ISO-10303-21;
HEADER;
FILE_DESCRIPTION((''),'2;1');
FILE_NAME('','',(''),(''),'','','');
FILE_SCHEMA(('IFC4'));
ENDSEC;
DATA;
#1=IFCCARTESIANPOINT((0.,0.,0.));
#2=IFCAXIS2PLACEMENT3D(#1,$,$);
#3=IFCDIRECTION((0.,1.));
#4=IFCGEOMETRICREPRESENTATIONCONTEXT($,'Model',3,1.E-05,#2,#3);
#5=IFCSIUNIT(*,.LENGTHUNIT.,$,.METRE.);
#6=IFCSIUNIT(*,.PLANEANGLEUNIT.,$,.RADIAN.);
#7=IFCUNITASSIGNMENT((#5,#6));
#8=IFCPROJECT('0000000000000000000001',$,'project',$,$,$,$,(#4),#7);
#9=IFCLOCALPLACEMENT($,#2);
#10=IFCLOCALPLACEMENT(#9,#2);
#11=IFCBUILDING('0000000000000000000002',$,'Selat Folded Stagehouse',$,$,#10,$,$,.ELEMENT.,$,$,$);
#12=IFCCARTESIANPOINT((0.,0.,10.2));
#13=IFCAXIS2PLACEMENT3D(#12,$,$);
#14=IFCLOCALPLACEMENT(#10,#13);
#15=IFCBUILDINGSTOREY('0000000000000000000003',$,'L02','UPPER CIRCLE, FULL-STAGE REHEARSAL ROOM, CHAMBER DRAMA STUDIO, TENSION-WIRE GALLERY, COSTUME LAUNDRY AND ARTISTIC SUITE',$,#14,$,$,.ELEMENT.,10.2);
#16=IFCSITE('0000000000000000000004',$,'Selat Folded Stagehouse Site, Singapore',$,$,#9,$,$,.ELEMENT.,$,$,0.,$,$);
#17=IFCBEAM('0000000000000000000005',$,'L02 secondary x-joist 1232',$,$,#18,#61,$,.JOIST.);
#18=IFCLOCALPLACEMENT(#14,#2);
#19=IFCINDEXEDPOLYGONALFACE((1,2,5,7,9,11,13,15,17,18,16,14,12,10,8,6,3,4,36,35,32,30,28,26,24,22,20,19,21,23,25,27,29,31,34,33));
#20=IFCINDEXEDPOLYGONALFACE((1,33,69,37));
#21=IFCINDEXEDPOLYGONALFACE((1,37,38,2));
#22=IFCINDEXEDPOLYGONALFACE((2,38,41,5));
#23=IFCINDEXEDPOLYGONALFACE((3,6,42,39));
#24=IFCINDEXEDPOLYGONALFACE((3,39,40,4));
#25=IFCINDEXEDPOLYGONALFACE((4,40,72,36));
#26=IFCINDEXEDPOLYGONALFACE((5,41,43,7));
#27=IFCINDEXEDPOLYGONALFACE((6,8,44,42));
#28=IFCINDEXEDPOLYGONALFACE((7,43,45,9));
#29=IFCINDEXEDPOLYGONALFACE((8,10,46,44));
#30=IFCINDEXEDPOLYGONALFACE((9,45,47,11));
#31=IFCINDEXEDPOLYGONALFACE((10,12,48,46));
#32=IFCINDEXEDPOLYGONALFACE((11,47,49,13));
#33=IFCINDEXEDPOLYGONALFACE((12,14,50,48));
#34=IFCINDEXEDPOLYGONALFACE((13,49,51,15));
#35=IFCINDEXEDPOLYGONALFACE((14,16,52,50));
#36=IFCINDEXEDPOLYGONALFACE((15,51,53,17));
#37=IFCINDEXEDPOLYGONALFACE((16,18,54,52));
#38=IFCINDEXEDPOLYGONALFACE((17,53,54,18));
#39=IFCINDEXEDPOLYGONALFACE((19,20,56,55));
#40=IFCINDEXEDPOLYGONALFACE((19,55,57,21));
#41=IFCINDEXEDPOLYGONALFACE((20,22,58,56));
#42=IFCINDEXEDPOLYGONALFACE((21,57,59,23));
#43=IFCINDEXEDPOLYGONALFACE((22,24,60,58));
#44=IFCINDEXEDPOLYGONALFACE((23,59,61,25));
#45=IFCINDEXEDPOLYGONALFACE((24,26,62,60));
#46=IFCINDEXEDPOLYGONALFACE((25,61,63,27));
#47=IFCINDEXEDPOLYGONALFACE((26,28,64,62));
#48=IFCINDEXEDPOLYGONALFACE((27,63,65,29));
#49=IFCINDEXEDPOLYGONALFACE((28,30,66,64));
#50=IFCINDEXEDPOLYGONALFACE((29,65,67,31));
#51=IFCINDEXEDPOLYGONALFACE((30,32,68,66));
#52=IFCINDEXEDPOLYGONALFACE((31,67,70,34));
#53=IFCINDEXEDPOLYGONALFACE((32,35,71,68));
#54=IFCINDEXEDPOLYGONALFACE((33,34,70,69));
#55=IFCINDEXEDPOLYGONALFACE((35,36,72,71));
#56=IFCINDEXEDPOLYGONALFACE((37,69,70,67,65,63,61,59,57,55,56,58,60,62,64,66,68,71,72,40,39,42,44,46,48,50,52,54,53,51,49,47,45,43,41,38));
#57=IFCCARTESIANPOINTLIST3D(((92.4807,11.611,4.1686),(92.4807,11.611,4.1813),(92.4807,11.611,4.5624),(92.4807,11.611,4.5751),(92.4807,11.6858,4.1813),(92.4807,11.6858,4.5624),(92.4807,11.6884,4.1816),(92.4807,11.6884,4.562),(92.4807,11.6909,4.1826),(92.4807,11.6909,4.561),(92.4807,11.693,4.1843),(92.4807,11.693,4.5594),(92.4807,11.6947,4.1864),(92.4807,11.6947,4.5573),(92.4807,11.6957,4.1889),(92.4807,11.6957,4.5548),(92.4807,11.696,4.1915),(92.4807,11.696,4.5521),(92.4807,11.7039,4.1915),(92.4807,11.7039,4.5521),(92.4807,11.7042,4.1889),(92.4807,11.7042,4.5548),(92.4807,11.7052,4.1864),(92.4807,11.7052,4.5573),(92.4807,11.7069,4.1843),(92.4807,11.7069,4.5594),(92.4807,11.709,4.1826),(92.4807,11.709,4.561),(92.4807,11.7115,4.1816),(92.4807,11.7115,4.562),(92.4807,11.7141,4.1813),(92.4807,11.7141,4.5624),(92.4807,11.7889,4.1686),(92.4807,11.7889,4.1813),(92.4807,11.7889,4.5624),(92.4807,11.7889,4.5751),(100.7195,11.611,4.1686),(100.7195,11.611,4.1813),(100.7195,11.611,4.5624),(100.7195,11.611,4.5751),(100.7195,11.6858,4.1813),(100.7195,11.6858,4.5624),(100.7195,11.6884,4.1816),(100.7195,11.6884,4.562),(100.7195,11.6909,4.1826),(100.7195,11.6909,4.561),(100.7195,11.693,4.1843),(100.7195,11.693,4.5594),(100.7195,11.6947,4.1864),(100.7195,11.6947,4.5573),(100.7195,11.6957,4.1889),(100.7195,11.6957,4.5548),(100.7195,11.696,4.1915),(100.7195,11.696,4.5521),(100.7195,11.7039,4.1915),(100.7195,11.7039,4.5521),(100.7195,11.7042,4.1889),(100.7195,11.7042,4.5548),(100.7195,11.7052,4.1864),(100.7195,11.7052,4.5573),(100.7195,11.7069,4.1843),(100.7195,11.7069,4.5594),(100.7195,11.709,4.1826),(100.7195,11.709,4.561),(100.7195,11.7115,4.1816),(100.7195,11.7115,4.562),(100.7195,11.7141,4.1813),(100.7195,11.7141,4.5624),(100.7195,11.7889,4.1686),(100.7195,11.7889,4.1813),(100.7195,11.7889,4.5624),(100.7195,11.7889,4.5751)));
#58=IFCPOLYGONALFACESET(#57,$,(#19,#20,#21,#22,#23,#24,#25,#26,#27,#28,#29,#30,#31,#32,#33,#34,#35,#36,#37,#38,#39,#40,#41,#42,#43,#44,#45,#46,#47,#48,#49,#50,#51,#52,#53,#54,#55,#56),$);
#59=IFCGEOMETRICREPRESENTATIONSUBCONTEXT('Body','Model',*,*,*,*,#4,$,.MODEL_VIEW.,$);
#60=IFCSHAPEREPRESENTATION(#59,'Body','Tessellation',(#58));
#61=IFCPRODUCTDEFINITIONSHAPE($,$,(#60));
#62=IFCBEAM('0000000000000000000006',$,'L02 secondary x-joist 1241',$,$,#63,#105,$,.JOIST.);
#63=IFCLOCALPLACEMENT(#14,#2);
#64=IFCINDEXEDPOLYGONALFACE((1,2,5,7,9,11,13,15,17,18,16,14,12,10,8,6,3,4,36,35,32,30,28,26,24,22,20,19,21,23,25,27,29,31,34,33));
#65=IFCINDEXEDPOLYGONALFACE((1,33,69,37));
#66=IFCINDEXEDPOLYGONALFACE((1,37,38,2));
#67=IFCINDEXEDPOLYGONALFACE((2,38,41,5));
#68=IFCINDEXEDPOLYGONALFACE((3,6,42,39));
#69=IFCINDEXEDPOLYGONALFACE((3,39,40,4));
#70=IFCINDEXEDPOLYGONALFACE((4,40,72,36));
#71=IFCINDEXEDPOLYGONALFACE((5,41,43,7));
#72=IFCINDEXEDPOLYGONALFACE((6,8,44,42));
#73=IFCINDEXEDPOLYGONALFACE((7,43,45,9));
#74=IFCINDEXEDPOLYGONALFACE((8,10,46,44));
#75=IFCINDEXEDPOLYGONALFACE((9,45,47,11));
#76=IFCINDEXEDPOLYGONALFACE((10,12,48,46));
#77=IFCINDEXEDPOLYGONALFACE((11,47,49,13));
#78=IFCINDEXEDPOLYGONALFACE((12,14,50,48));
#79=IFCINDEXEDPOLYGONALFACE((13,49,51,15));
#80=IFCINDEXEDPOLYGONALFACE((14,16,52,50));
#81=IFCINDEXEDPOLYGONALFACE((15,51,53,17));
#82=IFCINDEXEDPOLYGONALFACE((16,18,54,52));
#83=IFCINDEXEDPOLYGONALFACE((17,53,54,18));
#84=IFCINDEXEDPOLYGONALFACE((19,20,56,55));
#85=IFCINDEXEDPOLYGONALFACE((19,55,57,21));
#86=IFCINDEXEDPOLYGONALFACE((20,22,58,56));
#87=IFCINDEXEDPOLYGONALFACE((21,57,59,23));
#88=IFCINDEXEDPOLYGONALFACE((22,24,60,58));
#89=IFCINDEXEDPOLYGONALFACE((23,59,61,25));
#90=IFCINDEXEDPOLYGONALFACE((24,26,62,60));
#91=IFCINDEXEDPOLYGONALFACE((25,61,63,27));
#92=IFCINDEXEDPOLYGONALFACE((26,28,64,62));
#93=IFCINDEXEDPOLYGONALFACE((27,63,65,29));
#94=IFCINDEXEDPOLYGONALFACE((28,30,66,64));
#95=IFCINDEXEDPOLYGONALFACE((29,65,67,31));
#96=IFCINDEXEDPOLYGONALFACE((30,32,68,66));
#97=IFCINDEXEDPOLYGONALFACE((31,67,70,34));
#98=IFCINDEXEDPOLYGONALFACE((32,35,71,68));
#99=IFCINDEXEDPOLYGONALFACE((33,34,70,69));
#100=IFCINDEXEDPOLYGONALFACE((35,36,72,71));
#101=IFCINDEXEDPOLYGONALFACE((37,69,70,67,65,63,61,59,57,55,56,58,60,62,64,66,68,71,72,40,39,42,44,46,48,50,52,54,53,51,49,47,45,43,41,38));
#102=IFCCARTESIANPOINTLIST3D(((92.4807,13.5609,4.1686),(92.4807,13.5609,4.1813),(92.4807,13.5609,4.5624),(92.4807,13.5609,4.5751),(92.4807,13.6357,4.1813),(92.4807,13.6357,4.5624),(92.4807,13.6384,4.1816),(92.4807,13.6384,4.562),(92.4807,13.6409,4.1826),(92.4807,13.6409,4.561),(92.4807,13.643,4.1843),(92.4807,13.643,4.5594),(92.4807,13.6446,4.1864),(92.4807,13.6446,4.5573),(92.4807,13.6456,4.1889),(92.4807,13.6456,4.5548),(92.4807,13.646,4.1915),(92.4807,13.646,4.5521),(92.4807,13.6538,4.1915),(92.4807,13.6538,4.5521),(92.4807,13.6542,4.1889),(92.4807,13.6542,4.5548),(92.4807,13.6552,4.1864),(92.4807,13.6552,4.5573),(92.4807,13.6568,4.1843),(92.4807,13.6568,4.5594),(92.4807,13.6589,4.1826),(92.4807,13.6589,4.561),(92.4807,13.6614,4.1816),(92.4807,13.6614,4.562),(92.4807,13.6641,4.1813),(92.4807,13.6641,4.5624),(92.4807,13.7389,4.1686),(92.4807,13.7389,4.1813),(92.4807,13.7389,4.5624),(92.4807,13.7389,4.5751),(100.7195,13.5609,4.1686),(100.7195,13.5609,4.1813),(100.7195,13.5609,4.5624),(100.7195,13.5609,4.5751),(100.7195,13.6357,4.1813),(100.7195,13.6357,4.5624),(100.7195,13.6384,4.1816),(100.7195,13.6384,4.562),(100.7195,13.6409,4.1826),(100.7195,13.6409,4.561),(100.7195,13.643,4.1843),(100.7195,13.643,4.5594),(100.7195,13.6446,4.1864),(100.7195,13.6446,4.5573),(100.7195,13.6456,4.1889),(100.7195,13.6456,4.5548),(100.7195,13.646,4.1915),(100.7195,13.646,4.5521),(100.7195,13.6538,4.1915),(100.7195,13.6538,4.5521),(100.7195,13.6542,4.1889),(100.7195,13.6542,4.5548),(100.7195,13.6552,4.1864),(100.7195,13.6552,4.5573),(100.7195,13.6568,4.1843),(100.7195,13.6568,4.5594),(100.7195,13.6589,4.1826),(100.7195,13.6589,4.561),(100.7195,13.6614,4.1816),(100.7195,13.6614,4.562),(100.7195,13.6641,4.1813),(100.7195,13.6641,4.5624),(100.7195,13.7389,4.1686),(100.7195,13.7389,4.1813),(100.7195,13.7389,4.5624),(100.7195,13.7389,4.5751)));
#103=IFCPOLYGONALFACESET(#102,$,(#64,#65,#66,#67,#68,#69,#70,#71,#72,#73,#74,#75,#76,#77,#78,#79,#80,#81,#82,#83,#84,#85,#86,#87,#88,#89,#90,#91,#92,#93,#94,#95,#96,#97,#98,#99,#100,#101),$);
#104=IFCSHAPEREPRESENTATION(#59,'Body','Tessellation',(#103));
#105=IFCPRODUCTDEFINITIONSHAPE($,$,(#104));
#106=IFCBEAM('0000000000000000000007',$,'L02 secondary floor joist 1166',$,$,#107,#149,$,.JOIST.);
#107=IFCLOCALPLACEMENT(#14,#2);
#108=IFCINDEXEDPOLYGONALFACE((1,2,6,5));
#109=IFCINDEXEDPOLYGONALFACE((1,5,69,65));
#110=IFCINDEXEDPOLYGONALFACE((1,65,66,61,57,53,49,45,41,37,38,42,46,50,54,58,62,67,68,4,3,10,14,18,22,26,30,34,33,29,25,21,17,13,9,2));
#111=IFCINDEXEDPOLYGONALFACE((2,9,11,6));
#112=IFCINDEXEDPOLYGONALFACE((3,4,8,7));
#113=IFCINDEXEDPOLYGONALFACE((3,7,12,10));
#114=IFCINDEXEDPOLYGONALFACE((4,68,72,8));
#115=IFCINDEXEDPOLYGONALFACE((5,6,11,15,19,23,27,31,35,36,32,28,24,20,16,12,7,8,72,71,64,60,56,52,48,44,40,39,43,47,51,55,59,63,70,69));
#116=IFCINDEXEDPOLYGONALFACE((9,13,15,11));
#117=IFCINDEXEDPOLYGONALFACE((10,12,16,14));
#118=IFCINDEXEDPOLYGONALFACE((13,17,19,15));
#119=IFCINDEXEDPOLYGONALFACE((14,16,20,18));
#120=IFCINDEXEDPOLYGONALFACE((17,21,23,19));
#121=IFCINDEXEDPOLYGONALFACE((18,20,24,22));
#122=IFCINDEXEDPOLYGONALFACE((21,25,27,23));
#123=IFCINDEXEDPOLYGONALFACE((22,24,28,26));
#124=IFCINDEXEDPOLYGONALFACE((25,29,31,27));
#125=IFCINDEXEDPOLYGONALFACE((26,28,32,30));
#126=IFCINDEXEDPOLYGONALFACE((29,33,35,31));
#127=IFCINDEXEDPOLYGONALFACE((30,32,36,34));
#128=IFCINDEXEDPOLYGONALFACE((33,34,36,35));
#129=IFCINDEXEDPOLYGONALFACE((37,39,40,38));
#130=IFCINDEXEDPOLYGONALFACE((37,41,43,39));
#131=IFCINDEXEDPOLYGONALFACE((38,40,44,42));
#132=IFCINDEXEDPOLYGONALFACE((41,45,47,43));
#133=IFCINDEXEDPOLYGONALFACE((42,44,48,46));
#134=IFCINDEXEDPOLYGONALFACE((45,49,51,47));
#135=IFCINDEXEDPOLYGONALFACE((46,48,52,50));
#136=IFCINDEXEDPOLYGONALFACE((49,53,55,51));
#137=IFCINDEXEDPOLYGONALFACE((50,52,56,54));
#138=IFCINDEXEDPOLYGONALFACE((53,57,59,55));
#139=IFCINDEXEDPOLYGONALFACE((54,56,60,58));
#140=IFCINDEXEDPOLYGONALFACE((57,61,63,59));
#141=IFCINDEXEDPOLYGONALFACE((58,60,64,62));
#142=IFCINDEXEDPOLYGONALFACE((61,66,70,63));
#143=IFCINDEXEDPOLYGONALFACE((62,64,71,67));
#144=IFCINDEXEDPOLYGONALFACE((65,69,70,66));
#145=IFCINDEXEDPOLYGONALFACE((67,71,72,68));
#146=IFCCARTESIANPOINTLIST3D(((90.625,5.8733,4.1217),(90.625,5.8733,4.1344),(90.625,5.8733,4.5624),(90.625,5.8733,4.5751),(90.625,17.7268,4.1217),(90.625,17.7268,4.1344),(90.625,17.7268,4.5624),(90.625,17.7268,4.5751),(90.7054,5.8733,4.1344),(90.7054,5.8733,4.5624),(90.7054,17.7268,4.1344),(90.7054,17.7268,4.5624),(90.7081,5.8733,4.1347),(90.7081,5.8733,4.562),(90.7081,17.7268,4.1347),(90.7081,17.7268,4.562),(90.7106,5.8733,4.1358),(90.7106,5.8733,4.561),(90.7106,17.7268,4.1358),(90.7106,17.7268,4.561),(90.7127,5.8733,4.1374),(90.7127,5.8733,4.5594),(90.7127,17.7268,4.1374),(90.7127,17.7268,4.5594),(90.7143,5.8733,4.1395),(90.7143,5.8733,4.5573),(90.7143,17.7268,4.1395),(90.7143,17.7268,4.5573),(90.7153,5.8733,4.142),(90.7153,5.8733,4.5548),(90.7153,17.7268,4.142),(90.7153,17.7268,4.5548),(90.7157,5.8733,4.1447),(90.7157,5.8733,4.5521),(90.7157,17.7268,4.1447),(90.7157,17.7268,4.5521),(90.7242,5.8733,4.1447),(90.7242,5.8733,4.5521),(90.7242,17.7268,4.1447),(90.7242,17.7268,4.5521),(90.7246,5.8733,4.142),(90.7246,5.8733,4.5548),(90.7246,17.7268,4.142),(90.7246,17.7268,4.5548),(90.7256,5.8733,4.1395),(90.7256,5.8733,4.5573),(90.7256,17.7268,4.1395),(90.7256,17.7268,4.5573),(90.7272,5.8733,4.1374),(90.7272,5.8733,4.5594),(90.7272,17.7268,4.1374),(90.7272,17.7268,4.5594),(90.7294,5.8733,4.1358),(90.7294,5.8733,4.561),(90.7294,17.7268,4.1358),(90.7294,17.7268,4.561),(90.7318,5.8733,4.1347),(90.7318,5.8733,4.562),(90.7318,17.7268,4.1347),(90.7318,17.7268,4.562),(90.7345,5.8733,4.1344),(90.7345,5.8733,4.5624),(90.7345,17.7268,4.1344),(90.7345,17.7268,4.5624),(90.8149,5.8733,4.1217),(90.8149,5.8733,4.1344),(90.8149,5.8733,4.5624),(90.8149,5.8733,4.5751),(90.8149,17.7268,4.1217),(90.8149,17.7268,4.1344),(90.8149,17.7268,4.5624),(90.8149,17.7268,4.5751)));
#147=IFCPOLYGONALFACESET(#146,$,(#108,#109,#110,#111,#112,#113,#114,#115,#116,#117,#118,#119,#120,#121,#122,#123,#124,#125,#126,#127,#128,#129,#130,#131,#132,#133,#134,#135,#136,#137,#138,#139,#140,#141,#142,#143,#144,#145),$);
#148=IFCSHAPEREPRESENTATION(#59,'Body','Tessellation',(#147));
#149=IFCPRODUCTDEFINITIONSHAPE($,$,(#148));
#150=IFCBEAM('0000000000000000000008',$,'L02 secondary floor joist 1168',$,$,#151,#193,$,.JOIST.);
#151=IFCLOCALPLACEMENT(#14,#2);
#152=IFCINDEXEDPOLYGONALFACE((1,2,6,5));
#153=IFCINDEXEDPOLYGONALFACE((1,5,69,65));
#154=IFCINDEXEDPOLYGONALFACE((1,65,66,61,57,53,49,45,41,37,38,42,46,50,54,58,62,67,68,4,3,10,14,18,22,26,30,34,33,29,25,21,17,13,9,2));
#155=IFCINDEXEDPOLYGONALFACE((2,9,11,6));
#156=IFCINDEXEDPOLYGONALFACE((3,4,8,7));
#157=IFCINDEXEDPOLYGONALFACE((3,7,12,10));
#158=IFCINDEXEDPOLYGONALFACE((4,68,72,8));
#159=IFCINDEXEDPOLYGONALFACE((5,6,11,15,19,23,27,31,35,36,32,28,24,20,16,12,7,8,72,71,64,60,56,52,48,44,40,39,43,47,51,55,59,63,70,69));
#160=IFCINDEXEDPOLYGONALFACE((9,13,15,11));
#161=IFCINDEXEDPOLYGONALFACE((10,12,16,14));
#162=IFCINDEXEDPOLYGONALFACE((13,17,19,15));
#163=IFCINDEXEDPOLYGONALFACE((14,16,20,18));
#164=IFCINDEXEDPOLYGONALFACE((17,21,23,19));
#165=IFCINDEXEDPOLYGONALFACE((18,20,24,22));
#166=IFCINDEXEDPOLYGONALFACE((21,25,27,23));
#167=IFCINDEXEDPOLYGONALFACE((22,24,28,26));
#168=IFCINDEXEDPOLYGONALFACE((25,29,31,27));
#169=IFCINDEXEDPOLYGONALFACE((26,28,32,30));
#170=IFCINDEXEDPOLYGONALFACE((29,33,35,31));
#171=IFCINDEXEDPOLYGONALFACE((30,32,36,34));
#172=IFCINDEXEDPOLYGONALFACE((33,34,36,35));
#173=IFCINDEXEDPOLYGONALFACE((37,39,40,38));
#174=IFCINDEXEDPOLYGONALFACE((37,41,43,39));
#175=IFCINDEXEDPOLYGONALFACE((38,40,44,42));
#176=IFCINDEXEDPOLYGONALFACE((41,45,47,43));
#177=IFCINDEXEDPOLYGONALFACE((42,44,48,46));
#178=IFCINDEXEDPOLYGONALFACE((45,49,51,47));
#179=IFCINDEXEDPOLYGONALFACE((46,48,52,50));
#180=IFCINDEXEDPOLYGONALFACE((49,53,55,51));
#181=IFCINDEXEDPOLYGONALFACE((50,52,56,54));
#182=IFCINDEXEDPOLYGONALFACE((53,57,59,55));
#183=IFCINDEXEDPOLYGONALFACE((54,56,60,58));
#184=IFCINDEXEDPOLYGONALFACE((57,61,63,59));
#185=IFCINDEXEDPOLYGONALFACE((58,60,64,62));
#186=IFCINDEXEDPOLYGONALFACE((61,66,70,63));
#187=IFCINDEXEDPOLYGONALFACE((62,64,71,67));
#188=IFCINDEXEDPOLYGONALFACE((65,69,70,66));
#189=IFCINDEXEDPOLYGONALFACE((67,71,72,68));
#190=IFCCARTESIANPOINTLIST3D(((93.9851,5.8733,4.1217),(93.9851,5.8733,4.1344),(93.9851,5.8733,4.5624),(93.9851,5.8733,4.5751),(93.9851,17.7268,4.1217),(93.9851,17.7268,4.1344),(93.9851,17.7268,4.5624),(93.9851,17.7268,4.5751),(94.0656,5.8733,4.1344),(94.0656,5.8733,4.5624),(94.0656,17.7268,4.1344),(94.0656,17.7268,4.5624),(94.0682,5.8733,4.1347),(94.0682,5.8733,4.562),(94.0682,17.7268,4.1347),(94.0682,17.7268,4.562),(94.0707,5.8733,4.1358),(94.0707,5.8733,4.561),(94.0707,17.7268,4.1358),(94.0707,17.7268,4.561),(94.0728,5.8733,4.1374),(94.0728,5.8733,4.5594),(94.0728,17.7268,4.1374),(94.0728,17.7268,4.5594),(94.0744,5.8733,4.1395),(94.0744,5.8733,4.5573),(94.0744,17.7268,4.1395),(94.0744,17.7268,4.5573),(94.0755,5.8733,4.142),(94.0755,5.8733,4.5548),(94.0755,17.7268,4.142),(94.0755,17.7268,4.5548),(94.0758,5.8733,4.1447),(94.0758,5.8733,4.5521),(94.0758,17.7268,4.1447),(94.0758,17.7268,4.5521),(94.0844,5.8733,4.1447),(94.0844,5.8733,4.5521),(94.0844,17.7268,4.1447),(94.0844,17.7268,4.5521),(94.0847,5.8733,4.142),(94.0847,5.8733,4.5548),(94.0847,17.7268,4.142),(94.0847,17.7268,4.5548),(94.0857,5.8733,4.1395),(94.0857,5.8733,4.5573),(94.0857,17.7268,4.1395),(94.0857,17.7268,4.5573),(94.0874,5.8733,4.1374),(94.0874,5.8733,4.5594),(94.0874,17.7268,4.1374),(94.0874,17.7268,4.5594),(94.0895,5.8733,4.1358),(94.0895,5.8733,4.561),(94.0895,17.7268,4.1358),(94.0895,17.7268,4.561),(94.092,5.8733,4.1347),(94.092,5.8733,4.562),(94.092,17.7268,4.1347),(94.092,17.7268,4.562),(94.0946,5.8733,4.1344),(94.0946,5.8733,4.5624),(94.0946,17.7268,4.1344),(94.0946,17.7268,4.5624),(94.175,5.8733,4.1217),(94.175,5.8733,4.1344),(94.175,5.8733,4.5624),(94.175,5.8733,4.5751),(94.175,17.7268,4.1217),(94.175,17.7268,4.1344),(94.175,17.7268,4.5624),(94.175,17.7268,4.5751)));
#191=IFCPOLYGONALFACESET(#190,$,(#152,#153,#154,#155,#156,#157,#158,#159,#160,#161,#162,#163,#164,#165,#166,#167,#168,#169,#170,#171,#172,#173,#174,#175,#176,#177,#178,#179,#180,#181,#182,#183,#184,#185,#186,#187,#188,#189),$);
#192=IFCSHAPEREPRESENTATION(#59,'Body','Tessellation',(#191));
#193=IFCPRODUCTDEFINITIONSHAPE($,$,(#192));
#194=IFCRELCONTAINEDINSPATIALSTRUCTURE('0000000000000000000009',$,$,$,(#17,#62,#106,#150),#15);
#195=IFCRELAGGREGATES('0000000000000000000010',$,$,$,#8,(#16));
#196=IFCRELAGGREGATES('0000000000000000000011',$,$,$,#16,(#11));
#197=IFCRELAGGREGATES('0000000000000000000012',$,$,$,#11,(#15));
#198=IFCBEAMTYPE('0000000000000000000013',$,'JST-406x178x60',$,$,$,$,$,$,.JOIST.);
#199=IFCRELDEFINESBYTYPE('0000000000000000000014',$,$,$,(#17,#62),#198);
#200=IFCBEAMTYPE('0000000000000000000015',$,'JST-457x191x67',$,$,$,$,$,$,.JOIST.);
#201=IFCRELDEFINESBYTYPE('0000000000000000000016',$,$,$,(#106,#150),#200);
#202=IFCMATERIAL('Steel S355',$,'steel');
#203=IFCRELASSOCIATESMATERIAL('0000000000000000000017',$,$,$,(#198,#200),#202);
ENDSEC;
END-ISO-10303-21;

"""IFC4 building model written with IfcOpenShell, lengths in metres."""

from ifc_helpers import new_model, si_unit, direction, frame, origin, origin_2d, place, context, subcontext, project, spatial, i_section, extrude, material, material_profile, profile_set, type_object, element, save


model = new_model("IFC4")

# Units and contexts
model_context = context("Model", 3, precision=1e-05, world=origin(), true_north=direction((0.0, 1.0)))
body_context = subcontext(model_context, "Body", "Model", "MODEL_VIEW")
ifc_project = project(units=[si_unit("LENGTHUNIT", "METRE"), si_unit("PLANEANGLEUNIT", "RADIAN")], contexts=[model_context])

# Site, building, storey
site_placement = place(None, origin())
site = spatial("IfcSite", under=ifc_project, at=site_placement, Name="Selat Folded Stagehouse Site, Singapore", CompositionType="ELEMENT", RefElevation=0.0)
building_placement = place(site_placement, origin())
building = spatial("IfcBuilding", under=site, at=building_placement, Name="Selat Folded Stagehouse", CompositionType="ELEMENT")
storey_placement = place(building_placement, frame((0.0, 0.0, 10.2)))
storey = spatial("IfcBuildingStorey", under=building, at=storey_placement, Name="L02", Description="UPPER CIRCLE, FULL-STAGE REHEARSAL ROOM, CHAMBER DRAMA STUDIO, TENSION-WIRE GALLERY, COSTUME LAUNDRY AND ARTISTIC SUITE", CompositionType="ELEMENT", Elevation=10.2)

# Shared definitions
ifc_material_1 = material(Name="Steel S355", Category="steel")

# Beams
ifc_material_profile_1 = material_profile(ifc_material_1, i_section(OverallWidth=0.178, OverallDepth=0.4065, WebThickness=0.0078, FlangeThickness=0.0127, FilletRadius=0.0103, at=origin_2d()), Name="UKB 406x178x60")
ifc_profile_set_1 = profile_set([ifc_material_profile_1], Name="Steel S355")
beam_type_1 = type_object("IfcBeamType", Name="JST-406x178x60", PredefinedType="JOIST", material=ifc_profile_set_1)
for number, where, z_axis, x_axis, name in (
    (1, (92.4807, 11.7, 4.3718), (1.0, 0.0, 0.0), (0.0, 1.0, 0.0), "L02 secondary x-joist 1232"),
    (2, (92.4807, 13.6499, 4.3718), (1.0, 0.0, 0.0), (0.0, 1.0, 0.0), "L02 secondary x-joist 1241"),
):
    element("IfcBeam", number, at=place(storey_placement, frame(where, z_axis=z_axis, x_axis=x_axis)), inside=storey, type_object=beam_type_1, Name=name, PredefinedType="JOIST", context=body_context, shape_type="SweptSolid", body=[
        extrude(i_section(OverallWidth=0.178, OverallDepth=0.4065, WebThickness=0.0078, FlangeThickness=0.0127, FilletRadius=0.0103, at=origin_2d()), origin(), (0.0, 0.0, 1.0), 8.2388),
    ])
ifc_material_profile_2 = material_profile(ifc_material_1, i_section(OverallWidth=0.1899, OverallDepth=0.4534, WebThickness=0.0085, FlangeThickness=0.0127, FilletRadius=0.0103, at=origin_2d()), Name="UKB 457x191x67")
ifc_profile_set_2 = profile_set([ifc_material_profile_2], Name="Steel S355")
beam_type_2 = type_object("IfcBeamType", Name="JST-457x191x67", PredefinedType="JOIST", material=ifc_profile_set_2)
for number, where, z_axis, x_axis, name in (
    (3, (90.72, 5.8733, 4.3484), (0.0, 1.0, 0.0), (-1.0, 0.0, 0.0), "L02 secondary floor joist 1166"),
    (4, (94.0801, 5.8733, 4.3484), (0.0, 1.0, 0.0), (-1.0, 0.0, 0.0), "L02 secondary floor joist 1168"),
):
    element("IfcBeam", number, at=place(storey_placement, frame(where, z_axis=z_axis, x_axis=x_axis)), inside=storey, type_object=beam_type_2, Name=name, PredefinedType="JOIST", context=body_context, shape_type="SweptSolid", body=[
        extrude(i_section(OverallWidth=0.1899, OverallDepth=0.4534, WebThickness=0.0085, FlangeThickness=0.0127, FilletRadius=0.0103, at=origin_2d()), origin(), (0.0, 0.0, 1.0), 11.8535),
    ])

save(model, "model.ifc")
